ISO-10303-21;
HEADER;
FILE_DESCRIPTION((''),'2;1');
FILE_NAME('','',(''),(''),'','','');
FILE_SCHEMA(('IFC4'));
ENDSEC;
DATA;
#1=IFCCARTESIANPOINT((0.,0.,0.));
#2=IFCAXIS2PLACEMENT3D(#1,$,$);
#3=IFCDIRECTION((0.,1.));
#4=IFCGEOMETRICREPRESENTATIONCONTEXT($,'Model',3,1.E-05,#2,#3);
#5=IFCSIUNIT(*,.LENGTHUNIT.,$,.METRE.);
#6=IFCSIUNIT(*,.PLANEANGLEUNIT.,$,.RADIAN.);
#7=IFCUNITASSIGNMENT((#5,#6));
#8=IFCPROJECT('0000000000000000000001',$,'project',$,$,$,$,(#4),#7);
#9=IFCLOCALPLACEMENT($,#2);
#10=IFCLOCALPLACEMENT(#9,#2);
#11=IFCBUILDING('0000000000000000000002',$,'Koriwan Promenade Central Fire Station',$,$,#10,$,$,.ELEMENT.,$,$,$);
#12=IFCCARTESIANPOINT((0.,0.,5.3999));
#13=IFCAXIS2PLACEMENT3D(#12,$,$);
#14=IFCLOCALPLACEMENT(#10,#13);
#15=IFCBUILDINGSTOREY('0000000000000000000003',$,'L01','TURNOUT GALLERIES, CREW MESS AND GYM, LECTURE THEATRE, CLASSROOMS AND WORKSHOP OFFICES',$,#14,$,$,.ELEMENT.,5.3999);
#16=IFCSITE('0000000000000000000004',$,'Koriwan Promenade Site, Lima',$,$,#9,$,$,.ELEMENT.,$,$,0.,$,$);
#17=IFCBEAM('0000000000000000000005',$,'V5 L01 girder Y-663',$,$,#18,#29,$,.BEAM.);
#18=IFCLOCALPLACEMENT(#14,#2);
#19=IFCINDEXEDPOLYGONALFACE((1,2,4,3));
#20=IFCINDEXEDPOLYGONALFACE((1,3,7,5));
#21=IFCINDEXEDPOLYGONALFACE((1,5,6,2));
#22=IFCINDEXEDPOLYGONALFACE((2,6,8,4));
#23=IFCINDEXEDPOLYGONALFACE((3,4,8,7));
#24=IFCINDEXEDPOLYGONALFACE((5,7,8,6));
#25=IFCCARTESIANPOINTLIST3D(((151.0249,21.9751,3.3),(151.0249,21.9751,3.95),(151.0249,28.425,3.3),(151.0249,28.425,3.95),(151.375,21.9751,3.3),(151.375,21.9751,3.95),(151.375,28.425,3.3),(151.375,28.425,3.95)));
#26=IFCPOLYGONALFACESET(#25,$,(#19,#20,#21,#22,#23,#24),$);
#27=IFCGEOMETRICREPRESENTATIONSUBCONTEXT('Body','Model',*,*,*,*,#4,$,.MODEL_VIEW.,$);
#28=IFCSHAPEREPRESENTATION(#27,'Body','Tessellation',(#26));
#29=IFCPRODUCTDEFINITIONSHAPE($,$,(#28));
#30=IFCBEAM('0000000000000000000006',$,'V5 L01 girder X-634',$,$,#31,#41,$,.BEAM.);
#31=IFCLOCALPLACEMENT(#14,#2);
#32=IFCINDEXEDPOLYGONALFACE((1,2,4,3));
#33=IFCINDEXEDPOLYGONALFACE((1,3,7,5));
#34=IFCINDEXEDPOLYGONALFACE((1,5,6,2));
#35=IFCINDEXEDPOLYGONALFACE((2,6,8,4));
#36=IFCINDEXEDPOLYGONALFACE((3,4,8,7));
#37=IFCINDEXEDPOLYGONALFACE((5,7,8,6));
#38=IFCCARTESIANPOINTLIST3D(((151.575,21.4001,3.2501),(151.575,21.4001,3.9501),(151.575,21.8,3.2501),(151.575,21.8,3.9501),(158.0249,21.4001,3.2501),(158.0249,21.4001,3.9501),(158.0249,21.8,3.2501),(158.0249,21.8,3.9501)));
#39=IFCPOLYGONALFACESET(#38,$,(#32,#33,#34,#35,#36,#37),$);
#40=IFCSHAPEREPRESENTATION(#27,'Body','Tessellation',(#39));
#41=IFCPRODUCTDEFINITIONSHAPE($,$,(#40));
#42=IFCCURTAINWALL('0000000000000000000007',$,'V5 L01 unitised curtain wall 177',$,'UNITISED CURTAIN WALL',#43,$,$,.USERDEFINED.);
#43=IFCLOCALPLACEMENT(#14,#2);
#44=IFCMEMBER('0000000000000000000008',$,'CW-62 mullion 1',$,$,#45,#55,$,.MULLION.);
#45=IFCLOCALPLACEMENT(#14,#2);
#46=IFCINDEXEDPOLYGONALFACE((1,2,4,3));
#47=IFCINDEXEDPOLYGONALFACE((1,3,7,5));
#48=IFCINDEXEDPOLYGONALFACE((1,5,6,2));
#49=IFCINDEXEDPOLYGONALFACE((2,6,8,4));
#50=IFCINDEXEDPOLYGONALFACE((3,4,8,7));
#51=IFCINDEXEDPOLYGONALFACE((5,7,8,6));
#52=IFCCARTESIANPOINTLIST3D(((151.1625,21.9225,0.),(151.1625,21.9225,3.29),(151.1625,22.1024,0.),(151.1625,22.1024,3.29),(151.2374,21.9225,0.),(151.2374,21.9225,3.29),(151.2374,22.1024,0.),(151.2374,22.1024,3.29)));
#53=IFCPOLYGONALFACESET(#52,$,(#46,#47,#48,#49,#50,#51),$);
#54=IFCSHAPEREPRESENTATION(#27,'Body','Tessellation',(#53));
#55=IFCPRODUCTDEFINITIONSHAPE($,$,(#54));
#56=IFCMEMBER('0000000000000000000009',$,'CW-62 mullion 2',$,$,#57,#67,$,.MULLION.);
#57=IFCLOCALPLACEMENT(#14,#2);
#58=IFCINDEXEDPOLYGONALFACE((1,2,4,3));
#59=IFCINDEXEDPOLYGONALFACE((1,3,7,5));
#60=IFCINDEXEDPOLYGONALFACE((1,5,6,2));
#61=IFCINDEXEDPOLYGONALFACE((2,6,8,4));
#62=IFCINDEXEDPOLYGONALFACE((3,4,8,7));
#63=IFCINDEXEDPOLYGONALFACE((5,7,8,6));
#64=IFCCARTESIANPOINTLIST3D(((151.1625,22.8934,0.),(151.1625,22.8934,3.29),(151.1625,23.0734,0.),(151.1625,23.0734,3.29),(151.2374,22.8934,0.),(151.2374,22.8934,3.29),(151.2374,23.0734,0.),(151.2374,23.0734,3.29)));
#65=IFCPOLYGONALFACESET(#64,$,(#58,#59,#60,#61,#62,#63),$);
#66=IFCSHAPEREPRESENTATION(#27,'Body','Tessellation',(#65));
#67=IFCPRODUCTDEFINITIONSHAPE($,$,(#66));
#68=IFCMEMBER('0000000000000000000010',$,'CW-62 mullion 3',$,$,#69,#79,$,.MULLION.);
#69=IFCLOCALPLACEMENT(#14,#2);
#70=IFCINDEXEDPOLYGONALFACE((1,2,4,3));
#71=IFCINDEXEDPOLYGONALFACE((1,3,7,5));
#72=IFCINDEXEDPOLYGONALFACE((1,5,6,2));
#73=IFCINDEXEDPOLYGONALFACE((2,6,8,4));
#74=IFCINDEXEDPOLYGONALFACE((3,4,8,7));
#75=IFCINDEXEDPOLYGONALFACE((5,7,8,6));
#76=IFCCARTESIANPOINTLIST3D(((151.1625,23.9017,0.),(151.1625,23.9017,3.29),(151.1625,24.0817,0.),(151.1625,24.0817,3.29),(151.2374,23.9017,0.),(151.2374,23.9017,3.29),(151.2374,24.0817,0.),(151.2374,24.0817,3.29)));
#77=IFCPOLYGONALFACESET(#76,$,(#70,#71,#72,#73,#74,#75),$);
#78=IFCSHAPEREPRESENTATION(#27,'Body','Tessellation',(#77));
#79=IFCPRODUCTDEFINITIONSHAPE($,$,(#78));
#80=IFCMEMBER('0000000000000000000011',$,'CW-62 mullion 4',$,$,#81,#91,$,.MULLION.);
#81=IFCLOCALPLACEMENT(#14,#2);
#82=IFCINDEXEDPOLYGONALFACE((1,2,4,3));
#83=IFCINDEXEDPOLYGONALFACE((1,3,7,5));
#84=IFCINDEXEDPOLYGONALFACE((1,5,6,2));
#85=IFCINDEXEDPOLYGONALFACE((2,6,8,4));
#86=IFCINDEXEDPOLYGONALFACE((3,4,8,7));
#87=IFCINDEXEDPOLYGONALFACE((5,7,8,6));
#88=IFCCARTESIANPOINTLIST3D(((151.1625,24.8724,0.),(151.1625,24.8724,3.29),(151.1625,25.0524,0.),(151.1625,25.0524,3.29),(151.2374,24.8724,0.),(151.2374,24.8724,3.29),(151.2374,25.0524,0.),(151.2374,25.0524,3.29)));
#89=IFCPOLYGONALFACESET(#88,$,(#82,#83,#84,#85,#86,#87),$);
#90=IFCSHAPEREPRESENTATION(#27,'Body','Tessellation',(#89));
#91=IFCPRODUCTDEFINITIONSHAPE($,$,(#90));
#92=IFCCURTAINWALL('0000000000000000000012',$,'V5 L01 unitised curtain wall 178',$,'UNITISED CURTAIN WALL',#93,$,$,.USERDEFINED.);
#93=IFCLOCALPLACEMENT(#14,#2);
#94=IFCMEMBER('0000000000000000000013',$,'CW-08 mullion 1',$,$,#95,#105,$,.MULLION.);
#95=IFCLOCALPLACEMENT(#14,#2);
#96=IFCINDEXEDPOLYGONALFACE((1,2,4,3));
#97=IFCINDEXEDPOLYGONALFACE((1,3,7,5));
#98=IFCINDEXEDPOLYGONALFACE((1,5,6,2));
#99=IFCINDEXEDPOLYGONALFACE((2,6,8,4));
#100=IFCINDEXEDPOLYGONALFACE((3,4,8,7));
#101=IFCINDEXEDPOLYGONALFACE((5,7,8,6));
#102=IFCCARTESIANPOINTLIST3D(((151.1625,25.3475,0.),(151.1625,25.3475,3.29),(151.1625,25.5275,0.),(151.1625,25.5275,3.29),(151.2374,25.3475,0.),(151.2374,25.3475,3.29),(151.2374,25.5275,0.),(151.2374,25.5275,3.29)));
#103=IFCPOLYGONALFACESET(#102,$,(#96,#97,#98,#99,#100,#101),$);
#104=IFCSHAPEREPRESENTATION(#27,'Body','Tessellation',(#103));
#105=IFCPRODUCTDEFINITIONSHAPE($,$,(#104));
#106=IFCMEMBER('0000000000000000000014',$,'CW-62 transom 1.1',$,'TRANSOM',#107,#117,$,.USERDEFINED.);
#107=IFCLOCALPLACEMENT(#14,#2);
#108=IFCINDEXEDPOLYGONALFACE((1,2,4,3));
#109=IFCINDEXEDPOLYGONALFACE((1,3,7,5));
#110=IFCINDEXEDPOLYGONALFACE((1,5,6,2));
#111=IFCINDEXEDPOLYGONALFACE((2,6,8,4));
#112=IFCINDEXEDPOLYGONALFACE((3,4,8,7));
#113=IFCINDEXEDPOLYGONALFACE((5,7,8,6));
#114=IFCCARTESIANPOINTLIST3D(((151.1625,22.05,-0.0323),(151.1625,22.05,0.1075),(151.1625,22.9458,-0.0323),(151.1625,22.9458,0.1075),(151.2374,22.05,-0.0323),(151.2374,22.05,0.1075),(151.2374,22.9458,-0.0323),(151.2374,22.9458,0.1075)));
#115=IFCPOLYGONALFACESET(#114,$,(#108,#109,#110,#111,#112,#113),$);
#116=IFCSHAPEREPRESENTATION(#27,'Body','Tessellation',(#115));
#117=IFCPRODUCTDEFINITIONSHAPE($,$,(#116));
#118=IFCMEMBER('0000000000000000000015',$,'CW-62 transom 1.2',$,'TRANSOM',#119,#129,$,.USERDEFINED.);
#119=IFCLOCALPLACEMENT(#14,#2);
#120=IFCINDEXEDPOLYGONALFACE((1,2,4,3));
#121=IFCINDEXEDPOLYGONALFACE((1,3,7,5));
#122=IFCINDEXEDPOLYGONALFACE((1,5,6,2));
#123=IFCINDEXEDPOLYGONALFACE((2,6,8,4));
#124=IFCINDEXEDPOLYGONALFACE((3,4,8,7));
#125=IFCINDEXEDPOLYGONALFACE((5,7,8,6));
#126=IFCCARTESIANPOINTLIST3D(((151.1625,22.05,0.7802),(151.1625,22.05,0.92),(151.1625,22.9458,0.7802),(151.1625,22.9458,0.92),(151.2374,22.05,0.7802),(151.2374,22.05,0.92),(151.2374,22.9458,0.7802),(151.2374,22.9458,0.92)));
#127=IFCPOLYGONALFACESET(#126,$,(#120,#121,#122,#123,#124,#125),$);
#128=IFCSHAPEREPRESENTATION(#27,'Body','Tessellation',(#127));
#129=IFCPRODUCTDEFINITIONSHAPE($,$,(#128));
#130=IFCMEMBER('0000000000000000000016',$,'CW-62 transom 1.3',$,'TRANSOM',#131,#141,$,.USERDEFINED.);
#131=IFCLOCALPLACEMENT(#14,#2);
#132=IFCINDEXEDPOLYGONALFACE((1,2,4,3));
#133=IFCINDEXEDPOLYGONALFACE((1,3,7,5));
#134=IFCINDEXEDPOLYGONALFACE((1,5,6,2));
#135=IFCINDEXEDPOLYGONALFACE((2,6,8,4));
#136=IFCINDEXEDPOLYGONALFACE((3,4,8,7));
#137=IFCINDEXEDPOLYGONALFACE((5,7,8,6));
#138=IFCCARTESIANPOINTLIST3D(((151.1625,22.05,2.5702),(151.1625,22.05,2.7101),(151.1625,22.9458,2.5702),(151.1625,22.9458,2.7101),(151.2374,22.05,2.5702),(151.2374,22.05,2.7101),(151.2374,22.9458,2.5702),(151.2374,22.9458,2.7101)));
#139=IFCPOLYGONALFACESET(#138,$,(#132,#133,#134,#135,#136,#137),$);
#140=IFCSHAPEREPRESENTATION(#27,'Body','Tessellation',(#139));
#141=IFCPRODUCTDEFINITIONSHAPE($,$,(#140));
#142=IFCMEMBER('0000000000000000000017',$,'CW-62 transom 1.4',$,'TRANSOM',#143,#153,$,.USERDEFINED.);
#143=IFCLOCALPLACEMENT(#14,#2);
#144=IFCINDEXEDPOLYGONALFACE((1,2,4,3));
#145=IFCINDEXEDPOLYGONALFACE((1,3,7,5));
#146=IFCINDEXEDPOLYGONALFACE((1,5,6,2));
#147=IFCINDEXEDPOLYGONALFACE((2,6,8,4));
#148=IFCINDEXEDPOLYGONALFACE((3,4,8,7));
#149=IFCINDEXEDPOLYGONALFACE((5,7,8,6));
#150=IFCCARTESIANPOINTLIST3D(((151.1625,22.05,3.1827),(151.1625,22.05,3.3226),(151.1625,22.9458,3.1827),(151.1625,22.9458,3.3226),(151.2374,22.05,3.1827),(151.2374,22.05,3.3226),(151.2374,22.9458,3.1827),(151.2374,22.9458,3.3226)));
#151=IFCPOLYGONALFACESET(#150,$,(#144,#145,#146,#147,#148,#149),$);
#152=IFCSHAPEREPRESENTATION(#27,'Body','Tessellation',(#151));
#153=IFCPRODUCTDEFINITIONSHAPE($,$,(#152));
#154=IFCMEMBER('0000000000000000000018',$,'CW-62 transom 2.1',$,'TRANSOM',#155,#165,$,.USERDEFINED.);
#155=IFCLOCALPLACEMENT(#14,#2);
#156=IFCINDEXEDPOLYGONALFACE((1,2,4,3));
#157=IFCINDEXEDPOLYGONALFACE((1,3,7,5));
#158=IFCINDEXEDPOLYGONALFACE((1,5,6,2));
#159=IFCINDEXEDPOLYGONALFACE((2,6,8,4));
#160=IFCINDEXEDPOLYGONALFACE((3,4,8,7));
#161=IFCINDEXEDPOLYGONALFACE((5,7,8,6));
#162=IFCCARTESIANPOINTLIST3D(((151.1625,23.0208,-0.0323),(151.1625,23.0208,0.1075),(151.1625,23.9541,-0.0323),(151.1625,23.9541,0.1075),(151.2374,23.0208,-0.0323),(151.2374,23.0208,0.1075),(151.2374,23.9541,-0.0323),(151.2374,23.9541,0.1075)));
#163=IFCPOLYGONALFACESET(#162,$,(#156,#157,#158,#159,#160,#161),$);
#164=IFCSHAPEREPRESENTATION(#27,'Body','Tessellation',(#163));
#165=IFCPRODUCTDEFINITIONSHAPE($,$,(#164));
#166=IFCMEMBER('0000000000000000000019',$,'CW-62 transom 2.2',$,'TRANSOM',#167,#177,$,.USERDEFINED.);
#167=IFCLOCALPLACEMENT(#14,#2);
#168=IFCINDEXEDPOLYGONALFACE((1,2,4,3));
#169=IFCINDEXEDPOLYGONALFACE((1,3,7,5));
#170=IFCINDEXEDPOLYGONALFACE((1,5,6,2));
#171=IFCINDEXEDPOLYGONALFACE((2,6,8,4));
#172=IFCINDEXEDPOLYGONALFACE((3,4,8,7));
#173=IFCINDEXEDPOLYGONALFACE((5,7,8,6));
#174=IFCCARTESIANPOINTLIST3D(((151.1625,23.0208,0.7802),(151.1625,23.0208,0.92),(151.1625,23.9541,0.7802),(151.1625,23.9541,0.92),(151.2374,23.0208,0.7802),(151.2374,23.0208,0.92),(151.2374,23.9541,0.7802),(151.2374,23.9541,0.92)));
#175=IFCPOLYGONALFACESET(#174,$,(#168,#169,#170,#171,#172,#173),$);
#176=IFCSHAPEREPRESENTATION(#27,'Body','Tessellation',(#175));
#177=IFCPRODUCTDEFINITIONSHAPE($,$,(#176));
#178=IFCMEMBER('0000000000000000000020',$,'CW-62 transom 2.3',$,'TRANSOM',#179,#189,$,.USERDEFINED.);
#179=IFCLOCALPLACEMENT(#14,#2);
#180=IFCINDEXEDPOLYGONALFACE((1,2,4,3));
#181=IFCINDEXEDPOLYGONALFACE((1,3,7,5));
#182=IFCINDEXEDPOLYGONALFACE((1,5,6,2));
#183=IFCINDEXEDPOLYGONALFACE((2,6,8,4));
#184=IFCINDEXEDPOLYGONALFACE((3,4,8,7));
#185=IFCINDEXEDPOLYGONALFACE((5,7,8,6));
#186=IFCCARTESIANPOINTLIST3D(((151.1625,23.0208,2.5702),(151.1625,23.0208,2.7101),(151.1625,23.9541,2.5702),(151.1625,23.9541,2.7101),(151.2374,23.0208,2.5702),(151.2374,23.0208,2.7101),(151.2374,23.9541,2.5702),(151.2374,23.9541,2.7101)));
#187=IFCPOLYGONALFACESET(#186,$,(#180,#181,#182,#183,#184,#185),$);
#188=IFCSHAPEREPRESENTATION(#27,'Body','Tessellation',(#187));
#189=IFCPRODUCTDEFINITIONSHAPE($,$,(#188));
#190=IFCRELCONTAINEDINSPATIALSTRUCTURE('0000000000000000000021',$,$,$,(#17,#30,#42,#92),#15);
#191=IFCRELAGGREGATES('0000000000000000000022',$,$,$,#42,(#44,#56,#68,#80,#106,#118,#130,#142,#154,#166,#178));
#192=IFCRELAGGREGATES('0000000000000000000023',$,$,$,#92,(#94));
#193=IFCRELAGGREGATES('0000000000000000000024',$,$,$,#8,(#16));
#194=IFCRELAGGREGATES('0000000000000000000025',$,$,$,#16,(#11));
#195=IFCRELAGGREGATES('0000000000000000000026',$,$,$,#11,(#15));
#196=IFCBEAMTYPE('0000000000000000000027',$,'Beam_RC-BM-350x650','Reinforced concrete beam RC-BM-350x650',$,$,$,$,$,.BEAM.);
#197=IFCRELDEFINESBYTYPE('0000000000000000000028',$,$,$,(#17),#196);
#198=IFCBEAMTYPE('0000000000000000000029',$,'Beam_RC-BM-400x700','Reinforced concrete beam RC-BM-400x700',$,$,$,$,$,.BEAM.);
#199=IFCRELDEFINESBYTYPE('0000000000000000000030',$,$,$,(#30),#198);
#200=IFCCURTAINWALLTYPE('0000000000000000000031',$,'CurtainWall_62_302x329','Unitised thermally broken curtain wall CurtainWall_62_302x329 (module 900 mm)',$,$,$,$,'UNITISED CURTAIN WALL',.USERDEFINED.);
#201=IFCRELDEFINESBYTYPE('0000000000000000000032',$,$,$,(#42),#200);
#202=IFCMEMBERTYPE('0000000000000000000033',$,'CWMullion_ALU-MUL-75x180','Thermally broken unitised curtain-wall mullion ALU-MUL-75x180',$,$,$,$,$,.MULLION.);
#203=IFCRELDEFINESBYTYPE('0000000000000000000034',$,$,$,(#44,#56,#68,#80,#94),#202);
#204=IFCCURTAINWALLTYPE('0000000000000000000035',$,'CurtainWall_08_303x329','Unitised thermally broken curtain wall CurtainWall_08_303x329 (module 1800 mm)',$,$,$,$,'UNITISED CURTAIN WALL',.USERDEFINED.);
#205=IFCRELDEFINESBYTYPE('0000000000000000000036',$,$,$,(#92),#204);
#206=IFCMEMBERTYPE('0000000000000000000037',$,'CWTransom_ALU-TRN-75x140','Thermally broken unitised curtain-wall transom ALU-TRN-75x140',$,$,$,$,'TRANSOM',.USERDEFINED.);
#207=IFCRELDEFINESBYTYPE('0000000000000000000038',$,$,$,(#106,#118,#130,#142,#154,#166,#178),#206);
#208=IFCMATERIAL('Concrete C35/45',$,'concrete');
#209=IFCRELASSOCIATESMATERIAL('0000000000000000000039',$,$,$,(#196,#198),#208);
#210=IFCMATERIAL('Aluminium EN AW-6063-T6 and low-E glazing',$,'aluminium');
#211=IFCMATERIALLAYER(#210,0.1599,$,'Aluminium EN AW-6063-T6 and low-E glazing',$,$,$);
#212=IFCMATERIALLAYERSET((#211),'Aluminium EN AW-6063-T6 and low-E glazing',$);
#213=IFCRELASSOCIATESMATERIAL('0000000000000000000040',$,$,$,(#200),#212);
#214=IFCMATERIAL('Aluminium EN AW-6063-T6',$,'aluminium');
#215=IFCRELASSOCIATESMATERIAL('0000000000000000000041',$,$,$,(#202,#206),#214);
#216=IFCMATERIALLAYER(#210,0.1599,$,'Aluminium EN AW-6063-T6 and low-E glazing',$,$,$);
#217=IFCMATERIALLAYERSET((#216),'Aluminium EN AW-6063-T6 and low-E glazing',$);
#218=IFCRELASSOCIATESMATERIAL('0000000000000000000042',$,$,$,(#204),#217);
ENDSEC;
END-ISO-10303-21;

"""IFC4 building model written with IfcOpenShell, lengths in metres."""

from ifc_helpers import new_model, si_unit, direction, frame, origin, origin_2d, place, context, subcontext, project, spatial, rectangle, extrude, material, layer, layer_set, material_profile, profile_set, type_object, element, aggregate, save


model = new_model("IFC4")

# Units and contexts
model_context = context("Model", 3, precision=1e-05, world=origin(), true_north=direction((0.0, 1.0)))
body_context = subcontext(model_context, "Body", "Model", "MODEL_VIEW")
ifc_project = project(units=[si_unit("LENGTHUNIT", "METRE"), si_unit("PLANEANGLEUNIT", "RADIAN")], contexts=[model_context])

# Site, building, storey
site_placement = place(None, origin())
site = spatial("IfcSite", under=ifc_project, at=site_placement, Name="Koriwan Promenade Site, Lima", CompositionType="ELEMENT", RefElevation=0.0)
building_placement = place(site_placement, origin())
building = spatial("IfcBuilding", under=site, at=building_placement, Name="Koriwan Promenade Central Fire Station", CompositionType="ELEMENT")
storey_placement = place(building_placement, frame((0.0, 0.0, 5.3999)))
storey = spatial("IfcBuildingStorey", under=building, at=storey_placement, Name="L01", Description="TURNOUT GALLERIES, CREW MESS AND GYM, LECTURE THEATRE, CLASSROOMS AND WORKSHOP OFFICES", CompositionType="ELEMENT", Elevation=5.3999)

# Beams
ifc_material_1 = material(Name="Concrete C35/45", Category="concrete")
ifc_material_profile_1 = material_profile(ifc_material_1, rectangle(XDim=0.3501, YDim=0.6499, at=origin_2d()), Name="RC-BM-350x650")
ifc_profile_set_1 = profile_set([ifc_material_profile_1], Name="Concrete C35/45")
beam_type_1 = type_object("IfcBeamType", Name="Beam_RC-BM-350x650", Description="Reinforced concrete beam RC-BM-350x650", PredefinedType="BEAM", material=ifc_profile_set_1)
beam_1_placement = place(storey_placement, frame((151.2, 21.9751, 3.625), z_axis=(0.0, 1.0, 0.0), x_axis=(-1.0, 0.0, 0.0)))
element("IfcBeam", 1, at=beam_1_placement, inside=storey, type_object=beam_type_1, Name="V5 L01 girder Y-663", PredefinedType="BEAM", context=body_context, shape_type="SweptSolid", body=[
    extrude(rectangle(XDim=0.3501, YDim=0.6499, at=origin_2d()), origin(), (0.0, 0.0, 1.0), 6.45),
])
ifc_material_profile_2 = material_profile(ifc_material_1, rectangle(XDim=0.3999, YDim=0.7, at=origin_2d()), Name="RC-BM-400x700")
ifc_profile_set_2 = profile_set([ifc_material_profile_2], Name="Concrete C35/45")
beam_type_2 = type_object("IfcBeamType", Name="Beam_RC-BM-400x700", Description="Reinforced concrete beam RC-BM-400x700", PredefinedType="BEAM", material=ifc_profile_set_2)
beam_2_placement = place(storey_placement, frame((151.575, 21.6001, 3.6001), z_axis=(1.0, 0.0, 0.0), x_axis=(0.0, 1.0, 0.0)))
element("IfcBeam", 2, at=beam_2_placement, inside=storey, type_object=beam_type_2, Name="V5 L01 girder X-634", PredefinedType="BEAM", context=body_context, shape_type="SweptSolid", body=[
    extrude(rectangle(XDim=0.3999, YDim=0.7, at=origin_2d()), origin(), (0.0, 0.0, 1.0), 6.45),
])

# Curtain wall, members
ifc_material_2 = material(Name="Aluminium EN AW-6063-T6 and low-E glazing", Category="aluminium")
ifc_layer_1 = layer(ifc_material_2, 0.1599, Name="Aluminium EN AW-6063-T6 and low-E glazing")
ifc_layer_set_1 = layer_set([ifc_layer_1], Name="Aluminium EN AW-6063-T6 and low-E glazing")
curtain_wall_type_1 = type_object("IfcCurtainWallType", Name="CurtainWall_62_302x329", Description="Unitised thermally broken curtain wall CurtainWall_62_302x329 (module 900 mm)", ElementType="UNITISED CURTAIN WALL", PredefinedType="USERDEFINED", material=ifc_layer_set_1)
curtain_wall_1_placement = place(storey_placement, origin())
curtain_wall_1 = element("IfcCurtainWall", 3, at=curtain_wall_1_placement, inside=storey, type_object=curtain_wall_type_1, Name="V5 L01 unitised curtain wall 177", ObjectType="UNITISED CURTAIN WALL", PredefinedType="USERDEFINED")
ifc_material_3 = material(Name="Aluminium EN AW-6063-T6", Category="aluminium")
ifc_material_profile_3 = material_profile(ifc_material_3, rectangle(XDim=0.075, YDim=0.1799, at=origin_2d()), Name="ALU-MUL-75x180")
ifc_profile_set_3 = profile_set([ifc_material_profile_3], Name="Aluminium EN AW-6063-T6")
member_type_1 = type_object("IfcMemberType", Name="CWMullion_ALU-MUL-75x180", Description="Thermally broken unitised curtain-wall mullion ALU-MUL-75x180", PredefinedType="MULLION", material=ifc_profile_set_3)
member_1_placement = place(storey_placement, frame((151.2, 22.0125, 0.0), z_axis=(0.0, 0.0, 1.0), x_axis=(-1.0, 0.0, 0.0)))
member_1 = element("IfcMember", 4, at=member_1_placement, type_object=member_type_1, Name="CW-62 mullion 1", PredefinedType="MULLION", context=body_context, shape_type="SweptSolid", body=[
    extrude(rectangle(XDim=0.075, YDim=0.1799, at=origin_2d()), origin(), (0.0, 0.0, 1.0), 3.29),
])
member_2_placement = place(storey_placement, frame((151.2, 22.9834, 0.0), z_axis=(0.0, 0.0, 1.0), x_axis=(-1.0, 0.0, 0.0)))
member_2 = element("IfcMember", 5, at=member_2_placement, type_object=member_type_1, Name="CW-62 mullion 2", PredefinedType="MULLION", context=body_context, shape_type="SweptSolid", body=[
    extrude(rectangle(XDim=0.075, YDim=0.1799, at=origin_2d()), origin(), (0.0, 0.0, 1.0), 3.29),
])
member_3_placement = place(storey_placement, frame((151.2, 23.9917, 0.0), z_axis=(0.0, 0.0, 1.0), x_axis=(-1.0, 0.0, 0.0)))
member_3 = element("IfcMember", 6, at=member_3_placement, type_object=member_type_1, Name="CW-62 mullion 3", PredefinedType="MULLION", context=body_context, shape_type="SweptSolid", body=[
    extrude(rectangle(XDim=0.075, YDim=0.1799, at=origin_2d()), origin(), (0.0, 0.0, 1.0), 3.29),
])
member_4_placement = place(storey_placement, frame((151.2, 24.9624, 0.0), z_axis=(0.0, 0.0, 1.0), x_axis=(-1.0, 0.0, 0.0)))
member_4 = element("IfcMember", 7, at=member_4_placement, type_object=member_type_1, Name="CW-62 mullion 4", PredefinedType="MULLION", context=body_context, shape_type="SweptSolid", body=[
    extrude(rectangle(XDim=0.075, YDim=0.1799, at=origin_2d()), origin(), (0.0, 0.0, 1.0), 3.29),
])

# Curtain wall, member
ifc_layer_2 = layer(ifc_material_2, 0.1599, Name="Aluminium EN AW-6063-T6 and low-E glazing")
ifc_layer_set_2 = layer_set([ifc_layer_2], Name="Aluminium EN AW-6063-T6 and low-E glazing")
curtain_wall_type_2 = type_object("IfcCurtainWallType", Name="CurtainWall_08_303x329", Description="Unitised thermally broken curtain wall CurtainWall_08_303x329 (module 1800 mm)", ElementType="UNITISED CURTAIN WALL", PredefinedType="USERDEFINED", material=ifc_layer_set_2)
curtain_wall_2_placement = place(storey_placement, origin())
curtain_wall_2 = element("IfcCurtainWall", 8, at=curtain_wall_2_placement, inside=storey, type_object=curtain_wall_type_2, Name="V5 L01 unitised curtain wall 178", ObjectType="UNITISED CURTAIN WALL", PredefinedType="USERDEFINED")
member_5_placement = place(storey_placement, frame((151.2, 25.4375, 0.0), z_axis=(0.0, 0.0, 1.0), x_axis=(-1.0, 0.0, 0.0)))
member_5 = element("IfcMember", 9, at=member_5_placement, type_object=member_type_1, Name="CW-08 mullion 1", PredefinedType="MULLION", context=body_context, shape_type="SweptSolid", body=[
    extrude(rectangle(XDim=0.075, YDim=0.1799, at=origin_2d()), origin(), (0.0, 0.0, 1.0), 3.29),
])

# Members
ifc_material_profile_4 = material_profile(ifc_material_3, rectangle(XDim=0.075, YDim=0.1399, at=origin_2d()), Name="ALU-TRN-75x140")
ifc_profile_set_4 = profile_set([ifc_material_profile_4], Name="Aluminium EN AW-6063-T6")
member_type_2 = type_object("IfcMemberType", Name="CWTransom_ALU-TRN-75x140", Description="Thermally broken unitised curtain-wall transom ALU-TRN-75x140", ElementType="TRANSOM", PredefinedType="USERDEFINED", material=ifc_profile_set_4)
member_6_placement = place(storey_placement, frame((151.2, 22.05, 0.0376), z_axis=(0.0, 1.0, 0.0), x_axis=(-1.0, 0.0, 0.0)))
member_6 = element("IfcMember", 10, at=member_6_placement, type_object=member_type_2, Name="CW-62 transom 1.1", ObjectType="TRANSOM", PredefinedType="USERDEFINED", context=body_context, shape_type="SweptSolid", body=[
    extrude(rectangle(XDim=0.075, YDim=0.1399, at=origin_2d()), origin(), (0.0, 0.0, 1.0), 0.8958),
])
member_7_placement = place(storey_placement, frame((151.2, 22.05, 0.8501), z_axis=(0.0, 1.0, 0.0), x_axis=(-1.0, 0.0, 0.0)))
member_7 = element("IfcMember", 11, at=member_7_placement, type_object=member_type_2, Name="CW-62 transom 1.2", ObjectType="TRANSOM", PredefinedType="USERDEFINED", context=body_context, shape_type="SweptSolid", body=[
    extrude(rectangle(XDim=0.075, YDim=0.1399, at=origin_2d()), origin(), (0.0, 0.0, 1.0), 0.8958),
])
member_8_placement = place(storey_placement, frame((151.2, 22.05, 2.6401), z_axis=(0.0, 1.0, 0.0), x_axis=(-1.0, 0.0, 0.0)))
member_8 = element("IfcMember", 12, at=member_8_placement, type_object=member_type_2, Name="CW-62 transom 1.3", ObjectType="TRANSOM", PredefinedType="USERDEFINED", context=body_context, shape_type="SweptSolid", body=[
    extrude(rectangle(XDim=0.075, YDim=0.1399, at=origin_2d()), origin(), (0.0, 0.0, 1.0), 0.8958),
])
member_9_placement = place(storey_placement, frame((151.2, 22.05, 3.2527), z_axis=(0.0, 1.0, 0.0), x_axis=(-1.0, 0.0, 0.0)))
member_9 = element("IfcMember", 13, at=member_9_placement, type_object=member_type_2, Name="CW-62 transom 1.4", ObjectType="TRANSOM", PredefinedType="USERDEFINED", context=body_context, shape_type="SweptSolid", body=[
    extrude(rectangle(XDim=0.075, YDim=0.1399, at=origin_2d()), origin(), (0.0, 0.0, 1.0), 0.8958),
])
member_10_placement = place(storey_placement, frame((151.2, 23.0208, 0.0376), z_axis=(0.0, 1.0, 0.0), x_axis=(-1.0, 0.0, 0.0)))
member_10 = element("IfcMember", 14, at=member_10_placement, type_object=member_type_2, Name="CW-62 transom 2.1", ObjectType="TRANSOM", PredefinedType="USERDEFINED", context=body_context, shape_type="SweptSolid", body=[
    extrude(rectangle(XDim=0.075, YDim=0.1399, at=origin_2d()), origin(), (0.0, 0.0, 1.0), 0.9333),
])
member_11_placement = place(storey_placement, frame((151.2, 23.0208, 0.8501), z_axis=(0.0, 1.0, 0.0), x_axis=(-1.0, 0.0, 0.0)))
member_11 = element("IfcMember", 15, at=member_11_placement, type_object=member_type_2, Name="CW-62 transom 2.2", ObjectType="TRANSOM", PredefinedType="USERDEFINED", context=body_context, shape_type="SweptSolid", body=[
    extrude(rectangle(XDim=0.075, YDim=0.1399, at=origin_2d()), origin(), (0.0, 0.0, 1.0), 0.9333),
])
member_12_placement = place(storey_placement, frame((151.2, 23.0208, 2.6401), z_axis=(0.0, 1.0, 0.0), x_axis=(-1.0, 0.0, 0.0)))
member_12 = element("IfcMember", 16, at=member_12_placement, type_object=member_type_2, Name="CW-62 transom 2.3", ObjectType="TRANSOM", PredefinedType="USERDEFINED", context=body_context, shape_type="SweptSolid", body=[
    extrude(rectangle(XDim=0.075, YDim=0.1399, at=origin_2d()), origin(), (0.0, 0.0, 1.0), 0.9333),
])

aggregate(curtain_wall_1, [member_1, member_2, member_3, member_4, member_6, member_7, member_8, member_9, member_10, member_11, member_12])
aggregate(curtain_wall_2, [member_5])

save(model, "model.ifc")
